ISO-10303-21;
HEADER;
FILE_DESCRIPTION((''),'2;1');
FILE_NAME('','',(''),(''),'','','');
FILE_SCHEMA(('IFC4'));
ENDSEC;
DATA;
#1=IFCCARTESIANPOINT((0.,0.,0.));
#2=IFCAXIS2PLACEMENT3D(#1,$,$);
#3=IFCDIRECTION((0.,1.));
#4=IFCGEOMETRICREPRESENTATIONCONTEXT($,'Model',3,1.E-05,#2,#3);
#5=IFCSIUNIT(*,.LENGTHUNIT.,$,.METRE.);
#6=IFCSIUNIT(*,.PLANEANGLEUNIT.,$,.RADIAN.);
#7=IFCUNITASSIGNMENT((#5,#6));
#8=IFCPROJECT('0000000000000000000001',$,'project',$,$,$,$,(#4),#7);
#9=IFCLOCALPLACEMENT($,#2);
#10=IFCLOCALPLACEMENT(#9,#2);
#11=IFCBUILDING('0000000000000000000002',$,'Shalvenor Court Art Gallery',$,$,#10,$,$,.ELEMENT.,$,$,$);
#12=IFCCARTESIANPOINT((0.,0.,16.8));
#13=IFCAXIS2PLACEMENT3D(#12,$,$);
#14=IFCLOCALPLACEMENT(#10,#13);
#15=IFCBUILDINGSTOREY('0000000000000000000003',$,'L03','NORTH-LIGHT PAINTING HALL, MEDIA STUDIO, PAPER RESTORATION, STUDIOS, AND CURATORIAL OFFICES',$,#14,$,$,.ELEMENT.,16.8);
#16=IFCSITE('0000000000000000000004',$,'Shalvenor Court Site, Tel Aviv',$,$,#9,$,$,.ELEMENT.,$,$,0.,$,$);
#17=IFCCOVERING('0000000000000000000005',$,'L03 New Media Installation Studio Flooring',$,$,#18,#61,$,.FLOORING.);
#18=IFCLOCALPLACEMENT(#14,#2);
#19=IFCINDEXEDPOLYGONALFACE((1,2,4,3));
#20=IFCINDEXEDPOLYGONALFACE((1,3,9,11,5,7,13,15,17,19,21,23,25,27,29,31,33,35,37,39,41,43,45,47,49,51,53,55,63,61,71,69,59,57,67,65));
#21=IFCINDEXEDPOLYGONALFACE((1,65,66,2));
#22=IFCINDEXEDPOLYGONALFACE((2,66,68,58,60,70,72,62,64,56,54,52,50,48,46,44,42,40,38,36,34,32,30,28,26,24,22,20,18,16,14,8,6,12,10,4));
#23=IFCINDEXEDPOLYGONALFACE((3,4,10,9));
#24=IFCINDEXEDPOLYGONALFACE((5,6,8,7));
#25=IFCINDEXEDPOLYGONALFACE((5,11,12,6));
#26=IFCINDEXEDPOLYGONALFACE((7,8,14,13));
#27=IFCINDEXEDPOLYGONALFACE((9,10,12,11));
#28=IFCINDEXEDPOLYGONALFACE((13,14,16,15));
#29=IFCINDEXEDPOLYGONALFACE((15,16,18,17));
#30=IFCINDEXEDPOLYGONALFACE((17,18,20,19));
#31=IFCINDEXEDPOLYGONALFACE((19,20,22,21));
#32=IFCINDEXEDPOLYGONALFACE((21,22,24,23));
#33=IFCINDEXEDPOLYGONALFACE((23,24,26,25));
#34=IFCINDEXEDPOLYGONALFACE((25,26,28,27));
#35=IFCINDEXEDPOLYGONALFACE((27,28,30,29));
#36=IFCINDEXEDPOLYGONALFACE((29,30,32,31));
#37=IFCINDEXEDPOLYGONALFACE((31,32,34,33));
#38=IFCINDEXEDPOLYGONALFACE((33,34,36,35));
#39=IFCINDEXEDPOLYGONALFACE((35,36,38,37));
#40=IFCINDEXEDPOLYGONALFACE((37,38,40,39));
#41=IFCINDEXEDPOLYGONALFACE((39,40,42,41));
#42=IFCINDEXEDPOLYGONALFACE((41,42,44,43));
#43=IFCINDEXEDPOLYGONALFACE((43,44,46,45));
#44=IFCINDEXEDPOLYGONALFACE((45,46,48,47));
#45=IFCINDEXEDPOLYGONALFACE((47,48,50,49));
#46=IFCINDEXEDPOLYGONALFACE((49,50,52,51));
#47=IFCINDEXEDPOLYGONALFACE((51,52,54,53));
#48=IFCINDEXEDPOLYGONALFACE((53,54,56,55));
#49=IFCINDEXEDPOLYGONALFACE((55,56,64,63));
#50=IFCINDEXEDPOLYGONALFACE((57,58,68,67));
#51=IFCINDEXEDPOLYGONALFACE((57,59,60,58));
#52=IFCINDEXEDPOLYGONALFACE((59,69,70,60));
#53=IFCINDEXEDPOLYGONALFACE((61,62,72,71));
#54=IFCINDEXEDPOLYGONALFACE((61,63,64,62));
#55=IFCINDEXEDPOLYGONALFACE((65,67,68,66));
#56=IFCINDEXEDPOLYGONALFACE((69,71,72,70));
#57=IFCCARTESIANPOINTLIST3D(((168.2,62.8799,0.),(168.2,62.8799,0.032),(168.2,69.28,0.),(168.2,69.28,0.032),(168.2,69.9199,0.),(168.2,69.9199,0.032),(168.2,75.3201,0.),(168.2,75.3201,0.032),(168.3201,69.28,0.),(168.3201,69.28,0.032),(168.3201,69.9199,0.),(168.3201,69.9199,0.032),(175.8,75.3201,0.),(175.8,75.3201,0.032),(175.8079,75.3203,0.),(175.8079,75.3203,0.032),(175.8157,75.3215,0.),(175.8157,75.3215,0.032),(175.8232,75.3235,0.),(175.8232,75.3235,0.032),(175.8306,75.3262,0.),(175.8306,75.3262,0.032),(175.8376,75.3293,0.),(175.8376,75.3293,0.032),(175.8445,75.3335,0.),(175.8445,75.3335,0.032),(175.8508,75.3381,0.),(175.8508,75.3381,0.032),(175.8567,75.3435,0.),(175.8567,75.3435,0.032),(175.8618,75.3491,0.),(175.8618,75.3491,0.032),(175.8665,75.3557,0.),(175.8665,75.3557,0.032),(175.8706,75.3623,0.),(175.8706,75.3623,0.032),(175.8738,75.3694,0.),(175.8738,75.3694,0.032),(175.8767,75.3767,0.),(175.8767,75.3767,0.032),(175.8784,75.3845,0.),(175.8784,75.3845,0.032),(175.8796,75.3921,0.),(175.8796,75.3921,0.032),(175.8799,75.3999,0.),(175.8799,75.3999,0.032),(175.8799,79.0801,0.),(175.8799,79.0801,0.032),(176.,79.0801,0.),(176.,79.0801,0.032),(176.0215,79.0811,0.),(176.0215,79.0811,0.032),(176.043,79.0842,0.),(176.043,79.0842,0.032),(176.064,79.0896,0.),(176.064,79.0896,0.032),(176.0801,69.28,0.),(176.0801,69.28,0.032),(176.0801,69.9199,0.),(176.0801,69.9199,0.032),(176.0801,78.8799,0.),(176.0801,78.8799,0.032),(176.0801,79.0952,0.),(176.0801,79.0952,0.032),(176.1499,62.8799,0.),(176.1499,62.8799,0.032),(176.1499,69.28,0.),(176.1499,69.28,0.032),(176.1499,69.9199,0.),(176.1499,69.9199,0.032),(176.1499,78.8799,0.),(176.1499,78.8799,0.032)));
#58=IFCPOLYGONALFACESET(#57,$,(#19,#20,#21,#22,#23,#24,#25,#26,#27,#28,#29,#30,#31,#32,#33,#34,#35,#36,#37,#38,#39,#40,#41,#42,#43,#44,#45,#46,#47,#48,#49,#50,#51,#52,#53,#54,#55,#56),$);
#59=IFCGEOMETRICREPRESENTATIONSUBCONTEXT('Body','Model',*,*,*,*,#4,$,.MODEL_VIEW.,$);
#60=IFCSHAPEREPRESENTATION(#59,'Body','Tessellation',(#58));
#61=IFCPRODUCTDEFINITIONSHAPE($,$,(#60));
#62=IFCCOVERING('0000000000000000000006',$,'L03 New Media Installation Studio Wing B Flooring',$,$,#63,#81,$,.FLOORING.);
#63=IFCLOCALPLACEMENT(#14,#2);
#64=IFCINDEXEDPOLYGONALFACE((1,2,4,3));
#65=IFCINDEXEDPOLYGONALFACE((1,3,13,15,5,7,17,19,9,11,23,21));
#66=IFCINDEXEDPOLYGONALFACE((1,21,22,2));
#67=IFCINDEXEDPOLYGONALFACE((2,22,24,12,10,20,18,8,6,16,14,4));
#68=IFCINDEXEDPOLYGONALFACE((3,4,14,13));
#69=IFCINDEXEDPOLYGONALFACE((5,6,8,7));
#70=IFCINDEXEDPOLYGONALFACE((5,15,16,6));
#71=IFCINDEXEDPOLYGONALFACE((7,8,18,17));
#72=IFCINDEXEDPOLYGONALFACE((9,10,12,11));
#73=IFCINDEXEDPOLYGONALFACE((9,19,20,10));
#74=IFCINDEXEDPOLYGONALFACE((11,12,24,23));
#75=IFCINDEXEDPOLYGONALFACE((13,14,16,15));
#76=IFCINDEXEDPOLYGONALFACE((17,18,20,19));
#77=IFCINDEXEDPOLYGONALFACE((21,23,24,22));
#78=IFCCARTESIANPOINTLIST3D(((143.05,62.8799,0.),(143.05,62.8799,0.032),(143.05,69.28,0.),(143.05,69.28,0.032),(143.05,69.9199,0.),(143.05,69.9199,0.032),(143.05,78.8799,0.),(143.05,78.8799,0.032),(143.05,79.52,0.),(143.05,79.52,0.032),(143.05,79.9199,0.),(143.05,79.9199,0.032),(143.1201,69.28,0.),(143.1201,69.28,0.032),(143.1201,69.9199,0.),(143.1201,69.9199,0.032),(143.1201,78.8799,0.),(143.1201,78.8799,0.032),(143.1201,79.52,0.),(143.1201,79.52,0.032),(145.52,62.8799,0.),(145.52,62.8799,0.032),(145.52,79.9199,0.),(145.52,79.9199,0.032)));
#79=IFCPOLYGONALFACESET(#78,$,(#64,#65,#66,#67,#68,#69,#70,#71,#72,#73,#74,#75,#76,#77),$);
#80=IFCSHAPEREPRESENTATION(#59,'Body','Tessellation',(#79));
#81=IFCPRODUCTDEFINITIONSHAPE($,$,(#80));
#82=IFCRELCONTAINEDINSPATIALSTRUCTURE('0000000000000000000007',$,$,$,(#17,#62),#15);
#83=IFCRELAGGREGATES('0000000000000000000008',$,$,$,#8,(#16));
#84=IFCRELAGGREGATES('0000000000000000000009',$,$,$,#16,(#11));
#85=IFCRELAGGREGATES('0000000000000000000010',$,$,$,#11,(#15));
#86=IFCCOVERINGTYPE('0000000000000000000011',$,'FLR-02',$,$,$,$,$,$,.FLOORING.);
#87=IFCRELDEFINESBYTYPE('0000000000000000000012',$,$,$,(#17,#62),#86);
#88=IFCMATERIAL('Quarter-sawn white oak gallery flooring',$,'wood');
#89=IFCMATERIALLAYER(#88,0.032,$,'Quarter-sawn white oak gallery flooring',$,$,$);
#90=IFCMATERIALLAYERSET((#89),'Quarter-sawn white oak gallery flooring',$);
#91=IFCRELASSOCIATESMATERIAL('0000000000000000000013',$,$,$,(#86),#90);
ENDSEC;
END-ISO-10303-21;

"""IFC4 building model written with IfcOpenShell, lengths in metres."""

from ifc_helpers import new_model, si_unit, direction, frame, origin, place, context, subcontext, project, spatial, polyline, outline, extrude, material, layer, layer_set, type_object, element, save


model = new_model("IFC4")

# Units and contexts
model_context = context("Model", 3, precision=1e-05, world=origin(), true_north=direction((0.0, 1.0)))
body_context = subcontext(model_context, "Body", "Model", "MODEL_VIEW")
ifc_project = project(units=[si_unit("LENGTHUNIT", "METRE"), si_unit("PLANEANGLEUNIT", "RADIAN")], contexts=[model_context])

# Site, building, storey
site_placement = place(None, origin())
site = spatial("IfcSite", under=ifc_project, at=site_placement, Name="Shalvenor Court Site, Tel Aviv", CompositionType="ELEMENT", RefElevation=0.0)
building_placement = place(site_placement, origin())
building = spatial("IfcBuilding", under=site, at=building_placement, Name="Shalvenor Court Art Gallery", CompositionType="ELEMENT")
storey_placement = place(building_placement, frame((0.0, 0.0, 16.8)))
storey = spatial("IfcBuildingStorey", under=building, at=storey_placement, Name="L03", Description="NORTH-LIGHT PAINTING HALL, MEDIA STUDIO, PAPER RESTORATION, STUDIOS, AND CURATORIAL OFFICES", CompositionType="ELEMENT", Elevation=16.8)

# Coverings
ifc_material_1 = material(Name="Quarter-sawn white oak gallery flooring", Category="wood")
ifc_layer_1 = layer(ifc_material_1, 0.032, Name="Quarter-sawn white oak gallery flooring")
ifc_layer_set_1 = layer_set([ifc_layer_1], Name="Quarter-sawn white oak gallery flooring")
covering_type_1 = type_object("IfcCoveringType", Name="FLR-02", PredefinedType="FLOORING", material=ifc_layer_set_1)
covering_1_placement = place(storey_placement, origin())
element("IfcCovering", 1, at=covering_1_placement, inside=storey, type_object=covering_type_1, Name="L03 New Media Installation Studio Flooring", PredefinedType="FLOORING", context=body_context, shape_type="SweptSolid", body=[
    extrude(outline(polyline([(175.8, 75.3201), (175.8079, 75.3203), (175.8157, 75.3215), (175.8232, 75.3235), (175.8306, 75.3262), (175.8376, 75.3293), (175.8445, 75.3335), (175.8508, 75.3381), (175.8567, 75.3435), (175.8618, 75.3491), (175.8665, 75.3557), (175.8706, 75.3623), (175.8738, 75.3694), (175.8767, 75.3767), (175.8784, 75.3845), (175.8796, 75.3921), (175.8799, 75.3999), (175.8799, 79.0801), (176.0, 79.0801), (176.0215, 79.0811), (176.043, 79.0842), (176.064, 79.0896), (176.0801, 79.0952), (176.0801, 78.8799), (176.1499, 78.8799), (176.1499, 69.9199), (176.0801, 69.9199), (176.0801, 69.28), (176.1499, 69.28), (176.1499, 62.8799), (168.2, 62.8799), (168.2, 69.28), (168.3201, 69.28), (168.3201, 69.9199), (168.2, 69.9199), (168.2, 75.3201), (175.8, 75.3201)])), origin(), (0.0, 0.0, 1.0), 0.032),
])
covering_2_placement = place(storey_placement, origin())
element("IfcCovering", 2, at=covering_2_placement, inside=storey, type_object=covering_type_1, Name="L03 New Media Installation Studio Wing B Flooring", PredefinedType="FLOORING", context=body_context, shape_type="SweptSolid", body=[
    extrude(outline(polyline([(143.05, 62.8799), (143.05, 69.28), (143.1201, 69.28), (143.1201, 69.9199), (143.05, 69.9199), (143.05, 78.8799), (143.1201, 78.8799), (143.1201, 79.52), (143.05, 79.52), (143.05, 79.9199), (145.52, 79.9199), (145.52, 62.8799), (143.05, 62.8799)])), origin(), (0.0, 0.0, 1.0), 0.032),
])

save(model, "model.ifc")
